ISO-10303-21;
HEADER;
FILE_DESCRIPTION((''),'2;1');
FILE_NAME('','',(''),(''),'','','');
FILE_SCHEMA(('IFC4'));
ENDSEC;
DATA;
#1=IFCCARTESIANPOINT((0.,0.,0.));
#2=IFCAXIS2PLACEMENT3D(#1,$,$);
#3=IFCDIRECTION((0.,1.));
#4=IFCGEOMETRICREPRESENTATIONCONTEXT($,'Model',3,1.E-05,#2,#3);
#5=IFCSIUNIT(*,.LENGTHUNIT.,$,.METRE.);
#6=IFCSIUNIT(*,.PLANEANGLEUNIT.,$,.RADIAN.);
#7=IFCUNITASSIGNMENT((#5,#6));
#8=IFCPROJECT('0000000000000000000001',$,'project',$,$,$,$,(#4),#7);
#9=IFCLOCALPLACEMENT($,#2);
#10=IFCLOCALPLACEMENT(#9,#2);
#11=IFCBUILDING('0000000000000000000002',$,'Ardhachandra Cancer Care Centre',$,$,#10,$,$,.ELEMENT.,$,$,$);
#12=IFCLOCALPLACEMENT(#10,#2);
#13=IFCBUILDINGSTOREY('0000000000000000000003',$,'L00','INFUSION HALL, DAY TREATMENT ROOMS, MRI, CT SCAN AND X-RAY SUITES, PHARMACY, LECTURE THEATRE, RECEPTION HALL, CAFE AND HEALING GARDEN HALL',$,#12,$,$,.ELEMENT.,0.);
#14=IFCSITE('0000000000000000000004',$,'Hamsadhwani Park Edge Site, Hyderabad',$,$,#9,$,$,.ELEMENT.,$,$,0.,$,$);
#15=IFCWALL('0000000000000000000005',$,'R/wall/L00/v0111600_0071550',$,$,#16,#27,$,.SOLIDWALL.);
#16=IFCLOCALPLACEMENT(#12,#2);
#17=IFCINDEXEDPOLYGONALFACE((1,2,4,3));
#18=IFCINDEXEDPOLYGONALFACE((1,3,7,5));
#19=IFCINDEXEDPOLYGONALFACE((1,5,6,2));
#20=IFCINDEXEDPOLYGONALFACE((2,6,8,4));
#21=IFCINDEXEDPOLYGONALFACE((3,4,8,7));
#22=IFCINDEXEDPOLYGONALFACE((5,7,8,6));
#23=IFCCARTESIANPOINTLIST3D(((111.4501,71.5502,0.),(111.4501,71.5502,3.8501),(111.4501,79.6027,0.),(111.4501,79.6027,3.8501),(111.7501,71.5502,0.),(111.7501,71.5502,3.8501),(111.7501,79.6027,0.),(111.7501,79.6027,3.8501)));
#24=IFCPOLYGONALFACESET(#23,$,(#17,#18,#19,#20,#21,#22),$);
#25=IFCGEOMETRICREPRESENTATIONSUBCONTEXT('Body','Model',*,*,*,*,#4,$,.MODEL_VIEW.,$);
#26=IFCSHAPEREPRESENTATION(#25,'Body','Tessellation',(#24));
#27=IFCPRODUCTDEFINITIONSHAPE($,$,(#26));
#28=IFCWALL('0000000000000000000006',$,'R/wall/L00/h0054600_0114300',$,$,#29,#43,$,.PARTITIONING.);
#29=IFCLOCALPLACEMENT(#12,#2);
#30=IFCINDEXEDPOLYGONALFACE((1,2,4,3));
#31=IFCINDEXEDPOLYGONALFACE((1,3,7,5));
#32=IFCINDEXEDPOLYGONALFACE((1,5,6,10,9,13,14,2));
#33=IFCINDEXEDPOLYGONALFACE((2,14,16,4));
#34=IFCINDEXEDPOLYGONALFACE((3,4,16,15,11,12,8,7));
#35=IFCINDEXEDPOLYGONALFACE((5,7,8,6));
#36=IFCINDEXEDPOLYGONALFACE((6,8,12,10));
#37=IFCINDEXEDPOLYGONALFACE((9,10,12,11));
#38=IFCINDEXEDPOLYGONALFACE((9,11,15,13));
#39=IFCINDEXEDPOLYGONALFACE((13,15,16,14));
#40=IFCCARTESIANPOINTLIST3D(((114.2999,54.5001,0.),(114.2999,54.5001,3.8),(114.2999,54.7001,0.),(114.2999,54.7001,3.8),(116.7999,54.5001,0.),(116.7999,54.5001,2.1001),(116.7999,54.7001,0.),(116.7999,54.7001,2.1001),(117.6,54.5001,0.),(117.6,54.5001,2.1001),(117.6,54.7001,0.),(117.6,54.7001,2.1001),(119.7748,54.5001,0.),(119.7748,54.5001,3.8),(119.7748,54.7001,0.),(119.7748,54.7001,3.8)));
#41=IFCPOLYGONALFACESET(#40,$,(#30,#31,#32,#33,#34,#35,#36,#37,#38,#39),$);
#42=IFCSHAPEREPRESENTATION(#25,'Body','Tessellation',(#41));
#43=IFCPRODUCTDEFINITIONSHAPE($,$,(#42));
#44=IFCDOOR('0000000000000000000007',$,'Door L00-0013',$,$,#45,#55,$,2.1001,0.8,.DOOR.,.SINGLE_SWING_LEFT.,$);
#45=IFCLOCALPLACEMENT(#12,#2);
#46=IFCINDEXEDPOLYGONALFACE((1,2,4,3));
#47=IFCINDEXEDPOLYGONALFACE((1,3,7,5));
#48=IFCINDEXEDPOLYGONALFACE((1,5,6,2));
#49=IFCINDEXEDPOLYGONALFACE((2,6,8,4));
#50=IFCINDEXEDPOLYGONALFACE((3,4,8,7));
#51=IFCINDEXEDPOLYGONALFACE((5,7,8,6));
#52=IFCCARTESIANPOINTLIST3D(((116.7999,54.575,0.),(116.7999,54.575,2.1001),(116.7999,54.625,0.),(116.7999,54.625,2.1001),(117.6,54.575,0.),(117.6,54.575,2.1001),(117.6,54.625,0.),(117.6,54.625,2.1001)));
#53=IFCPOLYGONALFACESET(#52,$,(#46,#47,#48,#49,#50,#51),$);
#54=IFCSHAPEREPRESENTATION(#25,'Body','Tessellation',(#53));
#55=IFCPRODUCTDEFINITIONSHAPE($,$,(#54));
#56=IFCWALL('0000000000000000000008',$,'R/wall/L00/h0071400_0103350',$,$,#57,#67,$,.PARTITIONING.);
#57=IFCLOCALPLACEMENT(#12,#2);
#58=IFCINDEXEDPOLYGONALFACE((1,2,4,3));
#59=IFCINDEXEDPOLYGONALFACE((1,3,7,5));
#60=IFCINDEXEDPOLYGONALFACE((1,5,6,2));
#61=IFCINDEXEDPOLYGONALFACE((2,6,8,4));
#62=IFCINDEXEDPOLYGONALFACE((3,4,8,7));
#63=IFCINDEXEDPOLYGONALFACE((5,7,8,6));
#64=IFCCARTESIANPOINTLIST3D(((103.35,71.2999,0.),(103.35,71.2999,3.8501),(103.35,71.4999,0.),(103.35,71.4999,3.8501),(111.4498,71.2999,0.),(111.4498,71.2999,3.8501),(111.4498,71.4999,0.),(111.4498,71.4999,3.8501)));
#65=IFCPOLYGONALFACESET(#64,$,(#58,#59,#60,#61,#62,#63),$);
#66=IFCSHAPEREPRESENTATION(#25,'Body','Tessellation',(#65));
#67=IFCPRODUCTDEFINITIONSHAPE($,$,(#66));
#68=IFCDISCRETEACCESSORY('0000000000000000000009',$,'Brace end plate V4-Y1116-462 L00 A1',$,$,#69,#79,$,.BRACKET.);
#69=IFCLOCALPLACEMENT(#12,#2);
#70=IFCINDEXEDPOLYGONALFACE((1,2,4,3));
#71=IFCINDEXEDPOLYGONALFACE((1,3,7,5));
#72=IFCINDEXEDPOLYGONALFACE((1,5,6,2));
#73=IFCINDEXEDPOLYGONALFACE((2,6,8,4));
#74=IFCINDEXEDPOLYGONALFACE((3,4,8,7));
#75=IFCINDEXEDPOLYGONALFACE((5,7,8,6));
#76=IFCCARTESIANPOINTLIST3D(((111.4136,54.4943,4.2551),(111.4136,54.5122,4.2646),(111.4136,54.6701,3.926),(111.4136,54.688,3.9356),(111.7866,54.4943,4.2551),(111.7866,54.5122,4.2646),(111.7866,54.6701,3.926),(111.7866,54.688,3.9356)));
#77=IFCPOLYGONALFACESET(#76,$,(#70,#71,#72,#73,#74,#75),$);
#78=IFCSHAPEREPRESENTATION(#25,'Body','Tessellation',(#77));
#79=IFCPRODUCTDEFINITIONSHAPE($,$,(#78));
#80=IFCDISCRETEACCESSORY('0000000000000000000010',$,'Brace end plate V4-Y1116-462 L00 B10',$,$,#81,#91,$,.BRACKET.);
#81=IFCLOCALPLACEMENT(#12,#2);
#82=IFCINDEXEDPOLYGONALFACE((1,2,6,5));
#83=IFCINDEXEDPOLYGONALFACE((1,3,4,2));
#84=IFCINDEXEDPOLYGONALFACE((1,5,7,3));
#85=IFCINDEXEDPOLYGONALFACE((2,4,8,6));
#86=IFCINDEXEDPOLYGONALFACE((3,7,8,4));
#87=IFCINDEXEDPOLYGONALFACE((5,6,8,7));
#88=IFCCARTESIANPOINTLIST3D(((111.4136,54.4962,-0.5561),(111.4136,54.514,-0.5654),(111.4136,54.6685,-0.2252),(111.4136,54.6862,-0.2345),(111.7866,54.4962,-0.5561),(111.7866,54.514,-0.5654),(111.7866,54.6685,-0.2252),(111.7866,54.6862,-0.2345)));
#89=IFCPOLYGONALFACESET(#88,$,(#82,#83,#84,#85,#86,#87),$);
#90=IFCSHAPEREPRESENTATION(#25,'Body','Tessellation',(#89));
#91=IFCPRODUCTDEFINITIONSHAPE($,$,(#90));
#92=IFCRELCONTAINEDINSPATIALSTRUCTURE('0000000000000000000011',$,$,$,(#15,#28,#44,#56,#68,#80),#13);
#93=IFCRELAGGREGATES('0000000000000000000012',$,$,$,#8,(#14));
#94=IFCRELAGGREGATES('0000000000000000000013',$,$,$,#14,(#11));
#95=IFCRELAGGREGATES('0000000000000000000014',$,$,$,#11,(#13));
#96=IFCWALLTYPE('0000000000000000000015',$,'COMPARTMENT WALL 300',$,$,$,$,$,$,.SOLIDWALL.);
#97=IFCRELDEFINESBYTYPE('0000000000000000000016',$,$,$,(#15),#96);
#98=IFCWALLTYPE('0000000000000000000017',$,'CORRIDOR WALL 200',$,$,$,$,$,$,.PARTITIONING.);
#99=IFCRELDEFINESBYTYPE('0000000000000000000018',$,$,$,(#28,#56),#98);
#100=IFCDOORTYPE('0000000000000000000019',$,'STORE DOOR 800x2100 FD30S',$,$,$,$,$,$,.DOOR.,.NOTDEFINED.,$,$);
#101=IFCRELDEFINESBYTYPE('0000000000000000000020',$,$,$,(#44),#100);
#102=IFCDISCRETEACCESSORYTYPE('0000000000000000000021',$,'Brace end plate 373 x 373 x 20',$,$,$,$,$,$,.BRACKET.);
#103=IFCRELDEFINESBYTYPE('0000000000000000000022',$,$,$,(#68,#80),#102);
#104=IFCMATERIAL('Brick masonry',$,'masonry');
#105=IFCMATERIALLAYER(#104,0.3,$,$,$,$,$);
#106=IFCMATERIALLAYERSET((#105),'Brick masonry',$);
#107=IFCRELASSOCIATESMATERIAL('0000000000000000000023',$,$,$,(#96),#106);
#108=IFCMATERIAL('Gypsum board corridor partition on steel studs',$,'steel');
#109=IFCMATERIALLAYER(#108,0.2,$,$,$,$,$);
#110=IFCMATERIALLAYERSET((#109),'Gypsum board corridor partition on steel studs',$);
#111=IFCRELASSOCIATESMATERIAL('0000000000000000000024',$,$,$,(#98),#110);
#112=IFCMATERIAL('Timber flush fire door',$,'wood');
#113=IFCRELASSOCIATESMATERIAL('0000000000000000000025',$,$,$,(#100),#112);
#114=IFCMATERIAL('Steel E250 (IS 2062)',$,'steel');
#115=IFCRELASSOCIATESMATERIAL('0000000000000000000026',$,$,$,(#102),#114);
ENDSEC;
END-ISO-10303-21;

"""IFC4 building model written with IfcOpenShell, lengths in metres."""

from ifc_helpers import new_model, si_unit, direction, frame, frame_2d, origin, origin_2d, place, context, subcontext, project, spatial, rectangle, extrude, material, layer, layer_set, material_profile, profile_set, type_object, element, fill, save


model = new_model("IFC4")

# Units and contexts
model_context = context("Model", 3, precision=1e-05, world=origin(), true_north=direction((0.0, 1.0)))
body_context = subcontext(model_context, "Body", "Model", "MODEL_VIEW")
ifc_project = project(units=[si_unit("LENGTHUNIT", "METRE"), si_unit("PLANEANGLEUNIT", "RADIAN")], contexts=[model_context])

# Site, building, storey
site_placement = place(None, origin())
site = spatial("IfcSite", under=ifc_project, at=site_placement, Name="Hamsadhwani Park Edge Site, Hyderabad", CompositionType="ELEMENT", RefElevation=0.0)
building_placement = place(site_placement, origin())
building = spatial("IfcBuilding", under=site, at=building_placement, Name="Ardhachandra Cancer Care Centre", CompositionType="ELEMENT")
storey_placement = place(building_placement, origin())
storey = spatial("IfcBuildingStorey", under=building, at=storey_placement, Name="L00", Description="INFUSION HALL, DAY TREATMENT ROOMS, MRI, CT SCAN AND X-RAY SUITES, PHARMACY, LECTURE THEATRE, RECEPTION HALL, CAFE AND HEALING GARDEN HALL", CompositionType="ELEMENT", Elevation=0.0)

# Wall
ifc_material_1 = material(Name="Brick masonry", Category="masonry")
ifc_layer_1 = layer(ifc_material_1, 0.3)
ifc_layer_set_1 = layer_set([ifc_layer_1], Name="Brick masonry")
wall_type_1 = type_object("IfcWallType", Name="COMPARTMENT WALL 300", PredefinedType="SOLIDWALL", material=ifc_layer_set_1)
wall_1_placement = place(storey_placement, frame((111.6001, 71.55, 0.0), z_axis=(0.0, 0.0, 1.0), x_axis=(0.0, 1.0, 0.0)))
element("IfcWall", 1, at=wall_1_placement, inside=storey, type_object=wall_type_1, Name="R/wall/L00/v0111600_0071550", PredefinedType="SOLIDWALL", context=body_context, shape_type="SweptSolid", body=[
    extrude(rectangle(XDim=8.0525, YDim=0.3, at=frame_2d((4.0264, 0.0))), origin(), (0.0, 0.0, 1.0), 3.8501),
])

# Wall, opening, door
ifc_material_2 = material(Name="Gypsum board corridor partition on steel studs", Category="steel")
ifc_layer_2 = layer(ifc_material_2, 0.2)
ifc_layer_set_2 = layer_set([ifc_layer_2], Name="Gypsum board corridor partition on steel studs")
wall_type_2 = type_object("IfcWallType", Name="CORRIDOR WALL 200", PredefinedType="PARTITIONING", material=ifc_layer_set_2)
wall_2_placement = place(storey_placement, frame((114.3, 54.6001, 0.0), z_axis=(0.0, 0.0, 1.0), x_axis=(1.0, 0.0, 0.0)))
wall_2 = element("IfcWall", 2, at=wall_2_placement, inside=storey, type_object=wall_type_2, Name="R/wall/L00/h0054600_0114300", PredefinedType="PARTITIONING", context=body_context, shape_type="SweptSolid", body=[
    extrude(rectangle(XDim=5.4749, YDim=0.2, at=frame_2d((2.7373, 0.0))), origin(), (0.0, 0.0, 1.0), 3.8),
])
opening_placement = place(wall_2_placement, frame((2.5, 0.0, 0.0)))
opening = element("IfcOpeningElement", 3, at=opening_placement, cuts=wall_2, PredefinedType="OPENING", context=body_context, shape_type="SweptSolid", body=[
    extrude(rectangle(XDim=0.8, YDim=2.1001, at=frame_2d((0.3999, 1.05))), frame((0.0, 0.1099, 0.0), z_axis=(0.0, -1.0, 0.0), x_axis=(1.0, 0.0, 0.0)), (0.0, 0.0, 1.0), 0.22),
])
ifc_material_3 = material(Name="Timber flush fire door", Category="wood")
door_type = type_object("IfcDoorType", Name="STORE DOOR 800x2100 FD30S", OperationType="NOTDEFINED", PredefinedType="DOOR", material=ifc_material_3)
door_placement = place(opening_placement, origin())
door = element("IfcDoor", 4, at=door_placement, inside=storey, type_object=door_type, Name="Door L00-0013", OperationType="SINGLE_SWING_LEFT", OverallHeight=2.1001, OverallWidth=0.8, PredefinedType="DOOR", context=body_context, shape_type="SweptSolid", body=[
    extrude(rectangle(XDim=0.8, YDim=2.1001, at=frame_2d((0.3999, 1.05))), frame((0.0, 0.0249, 0.0), z_axis=(0.0, -1.0, 0.0), x_axis=(1.0, 0.0, 0.0)), (0.0, 0.0, 1.0), 0.05),
])
fill(opening, door)

# Wall
wall_3_placement = place(storey_placement, frame((103.3501, 71.3999, 0.0), z_axis=(0.0, 0.0, 1.0), x_axis=(1.0, 0.0, 0.0)))
element("IfcWall", 5, at=wall_3_placement, inside=storey, type_object=wall_type_2, Name="R/wall/L00/h0071400_0103350", PredefinedType="PARTITIONING", context=body_context, shape_type="SweptSolid", body=[
    extrude(rectangle(XDim=8.0999, YDim=0.2, at=frame_2d((4.0498, 0.0))), origin(), (0.0, 0.0, 1.0), 3.8501),
])

# Discrete accessories
ifc_material_4 = material(Name="Steel E250 (IS 2062)", Category="steel")
ifc_material_profile_1 = material_profile(ifc_material_4, rectangle(XDim=0.373, YDim=0.373, at=origin_2d()), Name="PL 373x373x20")
ifc_profile_set_1 = profile_set([ifc_material_profile_1], Name="Steel E250 (IS 2062)")
discrete_accessory_type = type_object("IfcDiscreteAccessoryType", Name="Brace end plate 373 x 373 x 20", PredefinedType="BRACKET", material=ifc_profile_set_1)
discrete_accessory_1_placement = place(storey_placement, frame((111.6001, 54.6001, 4.1001), z_axis=(0.0, -0.882018, -0.471215), x_axis=(1.0, 0.0, 0.0)))
element("IfcDiscreteAccessory", 6, at=discrete_accessory_1_placement, inside=storey, type_object=discrete_accessory_type, Name="Brace end plate V4-Y1116-462 L00 A1", PredefinedType="BRACKET", context=body_context, shape_type="SweptSolid", body=[
    extrude(rectangle(XDim=0.373, YDim=0.373, at=origin_2d()), origin(), (0.0, 0.0, 1.0), 0.0203),
])
discrete_accessory_2_placement = place(storey_placement, frame((111.6001, 54.6001, -0.3999), z_axis=(0.0, -0.887018, 0.461735), x_axis=(1.0, 0.0, 0.0)))
element("IfcDiscreteAccessory", 7, at=discrete_accessory_2_placement, inside=storey, type_object=discrete_accessory_type, Name="Brace end plate V4-Y1116-462 L00 B10", PredefinedType="BRACKET", context=body_context, shape_type="SweptSolid", body=[
    extrude(rectangle(XDim=0.373, YDim=0.373, at=origin_2d()), origin(), (0.0, 0.0, 1.0), 0.02),
])

save(model, "model.ifc")
